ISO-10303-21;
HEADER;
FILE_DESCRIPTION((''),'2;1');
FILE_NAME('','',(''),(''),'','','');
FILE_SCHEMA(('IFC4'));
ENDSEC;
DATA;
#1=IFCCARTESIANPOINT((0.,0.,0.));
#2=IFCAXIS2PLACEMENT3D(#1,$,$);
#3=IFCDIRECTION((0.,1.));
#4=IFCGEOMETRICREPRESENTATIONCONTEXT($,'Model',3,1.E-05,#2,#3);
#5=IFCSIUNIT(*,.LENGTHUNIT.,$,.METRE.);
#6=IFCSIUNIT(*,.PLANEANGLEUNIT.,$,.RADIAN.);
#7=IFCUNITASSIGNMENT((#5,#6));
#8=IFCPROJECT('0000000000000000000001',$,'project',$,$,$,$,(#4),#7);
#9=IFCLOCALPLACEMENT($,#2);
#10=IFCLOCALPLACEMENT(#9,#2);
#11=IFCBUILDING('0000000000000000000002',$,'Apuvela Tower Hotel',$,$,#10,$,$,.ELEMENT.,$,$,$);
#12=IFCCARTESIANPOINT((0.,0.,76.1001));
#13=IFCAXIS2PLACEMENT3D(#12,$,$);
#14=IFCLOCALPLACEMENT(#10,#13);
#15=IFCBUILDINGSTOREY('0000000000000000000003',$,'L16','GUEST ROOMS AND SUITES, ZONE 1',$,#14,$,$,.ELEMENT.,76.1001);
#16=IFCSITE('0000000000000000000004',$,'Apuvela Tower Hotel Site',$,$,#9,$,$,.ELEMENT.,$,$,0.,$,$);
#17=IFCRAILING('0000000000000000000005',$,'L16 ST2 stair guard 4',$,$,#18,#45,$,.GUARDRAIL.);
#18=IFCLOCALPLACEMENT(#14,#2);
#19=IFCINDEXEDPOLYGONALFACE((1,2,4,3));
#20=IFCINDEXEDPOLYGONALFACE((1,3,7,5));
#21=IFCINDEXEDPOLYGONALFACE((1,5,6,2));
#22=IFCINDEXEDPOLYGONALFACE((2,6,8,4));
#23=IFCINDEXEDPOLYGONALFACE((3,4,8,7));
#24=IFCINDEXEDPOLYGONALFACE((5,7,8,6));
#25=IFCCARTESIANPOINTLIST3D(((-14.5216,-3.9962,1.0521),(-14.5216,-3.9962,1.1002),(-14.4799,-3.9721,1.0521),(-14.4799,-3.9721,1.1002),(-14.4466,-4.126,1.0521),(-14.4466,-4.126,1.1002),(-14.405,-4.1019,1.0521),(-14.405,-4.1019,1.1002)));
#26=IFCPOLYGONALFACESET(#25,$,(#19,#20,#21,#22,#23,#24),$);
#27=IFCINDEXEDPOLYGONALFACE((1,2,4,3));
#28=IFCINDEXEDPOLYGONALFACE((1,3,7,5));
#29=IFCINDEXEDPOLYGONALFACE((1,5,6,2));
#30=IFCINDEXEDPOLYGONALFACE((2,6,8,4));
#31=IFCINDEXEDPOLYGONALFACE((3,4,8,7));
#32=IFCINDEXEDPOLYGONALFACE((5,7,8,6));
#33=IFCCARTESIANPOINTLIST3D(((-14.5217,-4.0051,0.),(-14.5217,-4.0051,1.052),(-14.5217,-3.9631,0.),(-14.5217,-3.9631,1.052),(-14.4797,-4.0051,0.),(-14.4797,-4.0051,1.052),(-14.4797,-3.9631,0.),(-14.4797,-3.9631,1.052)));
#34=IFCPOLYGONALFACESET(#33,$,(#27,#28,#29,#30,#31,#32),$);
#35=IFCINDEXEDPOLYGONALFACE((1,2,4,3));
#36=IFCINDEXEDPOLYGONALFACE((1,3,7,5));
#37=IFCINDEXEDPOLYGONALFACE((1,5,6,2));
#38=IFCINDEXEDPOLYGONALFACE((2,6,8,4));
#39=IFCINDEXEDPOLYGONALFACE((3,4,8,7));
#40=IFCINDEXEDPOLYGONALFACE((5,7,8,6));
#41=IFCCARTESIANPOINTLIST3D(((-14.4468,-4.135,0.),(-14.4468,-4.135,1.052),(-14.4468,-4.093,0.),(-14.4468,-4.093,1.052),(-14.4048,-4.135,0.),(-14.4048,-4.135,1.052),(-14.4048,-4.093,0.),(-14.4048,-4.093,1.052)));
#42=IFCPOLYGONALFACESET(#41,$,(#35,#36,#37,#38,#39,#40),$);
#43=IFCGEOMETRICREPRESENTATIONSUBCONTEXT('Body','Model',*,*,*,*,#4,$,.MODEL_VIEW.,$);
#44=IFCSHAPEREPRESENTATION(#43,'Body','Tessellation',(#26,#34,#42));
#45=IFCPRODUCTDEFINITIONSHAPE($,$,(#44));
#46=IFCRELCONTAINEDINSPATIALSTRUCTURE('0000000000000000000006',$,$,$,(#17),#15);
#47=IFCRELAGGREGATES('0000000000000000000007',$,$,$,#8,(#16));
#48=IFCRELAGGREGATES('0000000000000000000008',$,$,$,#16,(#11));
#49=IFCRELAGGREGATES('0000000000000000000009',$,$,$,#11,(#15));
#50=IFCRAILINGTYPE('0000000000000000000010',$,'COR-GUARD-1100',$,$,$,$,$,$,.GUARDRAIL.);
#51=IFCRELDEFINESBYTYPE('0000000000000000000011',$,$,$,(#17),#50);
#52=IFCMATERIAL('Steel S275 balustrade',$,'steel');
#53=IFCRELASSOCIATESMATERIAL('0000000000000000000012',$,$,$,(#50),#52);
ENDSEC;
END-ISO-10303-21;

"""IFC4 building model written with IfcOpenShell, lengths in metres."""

from ifc_helpers import new_model, si_unit, direction, frame, origin, origin_2d, place, context, subcontext, project, spatial, rectangle, extrude, material, type_object, element, save


model = new_model("IFC4")

# Units and contexts
model_context = context("Model", 3, precision=1e-05, world=origin(), true_north=direction((0.0, 1.0)))
body_context = subcontext(model_context, "Body", "Model", "MODEL_VIEW")
ifc_project = project(units=[si_unit("LENGTHUNIT", "METRE"), si_unit("PLANEANGLEUNIT", "RADIAN")], contexts=[model_context])

# Site, building, storey
site_placement = place(None, origin())
site = spatial("IfcSite", under=ifc_project, at=site_placement, Name="Apuvela Tower Hotel Site", CompositionType="ELEMENT", RefElevation=0.0)
building_placement = place(site_placement, origin())
building = spatial("IfcBuilding", under=site, at=building_placement, Name="Apuvela Tower Hotel", CompositionType="ELEMENT")
storey_placement = place(building_placement, frame((0.0, 0.0, 76.1001)))
storey = spatial("IfcBuildingStorey", under=building, at=storey_placement, Name="L16", Description="GUEST ROOMS AND SUITES, ZONE 1", CompositionType="ELEMENT", Elevation=76.1001)

# Railing
ifc_material_1 = material(Name="Steel S275 balustrade", Category="steel")
railing_type = type_object("IfcRailingType", Name="COR-GUARD-1100", PredefinedType="GUARDRAIL", material=ifc_material_1)
railing_1_placement = place(storey_placement, frame((-14.5007, -3.9841, 0.0)))
element("IfcRailing", 1, at=railing_1_placement, inside=storey, type_object=railing_type, Name="L16 ST2 stair guard 4", PredefinedType="GUARDRAIL", context=body_context, shape_type="SweptSolid", body=[
    extrude(rectangle(XDim=0.0481, YDim=0.0481, at=origin_2d()), frame((0.0, 0.0, 1.0762), z_axis=(0.499816, -0.866131, 0.0), x_axis=(0.866131, 0.499816, 0.0)), (0.0, 0.0, 1.0), 0.1499),
    extrude(rectangle(XDim=0.042, YDim=0.042, at=origin_2d()), origin(), (0.0, 0.0, 1.0), 1.052),
    extrude(rectangle(XDim=0.042, YDim=0.042, at=origin_2d()), frame((0.075, -0.1299, 0.0)), (0.0, 0.0, 1.0), 1.052),
])

save(model, "model.ifc")
